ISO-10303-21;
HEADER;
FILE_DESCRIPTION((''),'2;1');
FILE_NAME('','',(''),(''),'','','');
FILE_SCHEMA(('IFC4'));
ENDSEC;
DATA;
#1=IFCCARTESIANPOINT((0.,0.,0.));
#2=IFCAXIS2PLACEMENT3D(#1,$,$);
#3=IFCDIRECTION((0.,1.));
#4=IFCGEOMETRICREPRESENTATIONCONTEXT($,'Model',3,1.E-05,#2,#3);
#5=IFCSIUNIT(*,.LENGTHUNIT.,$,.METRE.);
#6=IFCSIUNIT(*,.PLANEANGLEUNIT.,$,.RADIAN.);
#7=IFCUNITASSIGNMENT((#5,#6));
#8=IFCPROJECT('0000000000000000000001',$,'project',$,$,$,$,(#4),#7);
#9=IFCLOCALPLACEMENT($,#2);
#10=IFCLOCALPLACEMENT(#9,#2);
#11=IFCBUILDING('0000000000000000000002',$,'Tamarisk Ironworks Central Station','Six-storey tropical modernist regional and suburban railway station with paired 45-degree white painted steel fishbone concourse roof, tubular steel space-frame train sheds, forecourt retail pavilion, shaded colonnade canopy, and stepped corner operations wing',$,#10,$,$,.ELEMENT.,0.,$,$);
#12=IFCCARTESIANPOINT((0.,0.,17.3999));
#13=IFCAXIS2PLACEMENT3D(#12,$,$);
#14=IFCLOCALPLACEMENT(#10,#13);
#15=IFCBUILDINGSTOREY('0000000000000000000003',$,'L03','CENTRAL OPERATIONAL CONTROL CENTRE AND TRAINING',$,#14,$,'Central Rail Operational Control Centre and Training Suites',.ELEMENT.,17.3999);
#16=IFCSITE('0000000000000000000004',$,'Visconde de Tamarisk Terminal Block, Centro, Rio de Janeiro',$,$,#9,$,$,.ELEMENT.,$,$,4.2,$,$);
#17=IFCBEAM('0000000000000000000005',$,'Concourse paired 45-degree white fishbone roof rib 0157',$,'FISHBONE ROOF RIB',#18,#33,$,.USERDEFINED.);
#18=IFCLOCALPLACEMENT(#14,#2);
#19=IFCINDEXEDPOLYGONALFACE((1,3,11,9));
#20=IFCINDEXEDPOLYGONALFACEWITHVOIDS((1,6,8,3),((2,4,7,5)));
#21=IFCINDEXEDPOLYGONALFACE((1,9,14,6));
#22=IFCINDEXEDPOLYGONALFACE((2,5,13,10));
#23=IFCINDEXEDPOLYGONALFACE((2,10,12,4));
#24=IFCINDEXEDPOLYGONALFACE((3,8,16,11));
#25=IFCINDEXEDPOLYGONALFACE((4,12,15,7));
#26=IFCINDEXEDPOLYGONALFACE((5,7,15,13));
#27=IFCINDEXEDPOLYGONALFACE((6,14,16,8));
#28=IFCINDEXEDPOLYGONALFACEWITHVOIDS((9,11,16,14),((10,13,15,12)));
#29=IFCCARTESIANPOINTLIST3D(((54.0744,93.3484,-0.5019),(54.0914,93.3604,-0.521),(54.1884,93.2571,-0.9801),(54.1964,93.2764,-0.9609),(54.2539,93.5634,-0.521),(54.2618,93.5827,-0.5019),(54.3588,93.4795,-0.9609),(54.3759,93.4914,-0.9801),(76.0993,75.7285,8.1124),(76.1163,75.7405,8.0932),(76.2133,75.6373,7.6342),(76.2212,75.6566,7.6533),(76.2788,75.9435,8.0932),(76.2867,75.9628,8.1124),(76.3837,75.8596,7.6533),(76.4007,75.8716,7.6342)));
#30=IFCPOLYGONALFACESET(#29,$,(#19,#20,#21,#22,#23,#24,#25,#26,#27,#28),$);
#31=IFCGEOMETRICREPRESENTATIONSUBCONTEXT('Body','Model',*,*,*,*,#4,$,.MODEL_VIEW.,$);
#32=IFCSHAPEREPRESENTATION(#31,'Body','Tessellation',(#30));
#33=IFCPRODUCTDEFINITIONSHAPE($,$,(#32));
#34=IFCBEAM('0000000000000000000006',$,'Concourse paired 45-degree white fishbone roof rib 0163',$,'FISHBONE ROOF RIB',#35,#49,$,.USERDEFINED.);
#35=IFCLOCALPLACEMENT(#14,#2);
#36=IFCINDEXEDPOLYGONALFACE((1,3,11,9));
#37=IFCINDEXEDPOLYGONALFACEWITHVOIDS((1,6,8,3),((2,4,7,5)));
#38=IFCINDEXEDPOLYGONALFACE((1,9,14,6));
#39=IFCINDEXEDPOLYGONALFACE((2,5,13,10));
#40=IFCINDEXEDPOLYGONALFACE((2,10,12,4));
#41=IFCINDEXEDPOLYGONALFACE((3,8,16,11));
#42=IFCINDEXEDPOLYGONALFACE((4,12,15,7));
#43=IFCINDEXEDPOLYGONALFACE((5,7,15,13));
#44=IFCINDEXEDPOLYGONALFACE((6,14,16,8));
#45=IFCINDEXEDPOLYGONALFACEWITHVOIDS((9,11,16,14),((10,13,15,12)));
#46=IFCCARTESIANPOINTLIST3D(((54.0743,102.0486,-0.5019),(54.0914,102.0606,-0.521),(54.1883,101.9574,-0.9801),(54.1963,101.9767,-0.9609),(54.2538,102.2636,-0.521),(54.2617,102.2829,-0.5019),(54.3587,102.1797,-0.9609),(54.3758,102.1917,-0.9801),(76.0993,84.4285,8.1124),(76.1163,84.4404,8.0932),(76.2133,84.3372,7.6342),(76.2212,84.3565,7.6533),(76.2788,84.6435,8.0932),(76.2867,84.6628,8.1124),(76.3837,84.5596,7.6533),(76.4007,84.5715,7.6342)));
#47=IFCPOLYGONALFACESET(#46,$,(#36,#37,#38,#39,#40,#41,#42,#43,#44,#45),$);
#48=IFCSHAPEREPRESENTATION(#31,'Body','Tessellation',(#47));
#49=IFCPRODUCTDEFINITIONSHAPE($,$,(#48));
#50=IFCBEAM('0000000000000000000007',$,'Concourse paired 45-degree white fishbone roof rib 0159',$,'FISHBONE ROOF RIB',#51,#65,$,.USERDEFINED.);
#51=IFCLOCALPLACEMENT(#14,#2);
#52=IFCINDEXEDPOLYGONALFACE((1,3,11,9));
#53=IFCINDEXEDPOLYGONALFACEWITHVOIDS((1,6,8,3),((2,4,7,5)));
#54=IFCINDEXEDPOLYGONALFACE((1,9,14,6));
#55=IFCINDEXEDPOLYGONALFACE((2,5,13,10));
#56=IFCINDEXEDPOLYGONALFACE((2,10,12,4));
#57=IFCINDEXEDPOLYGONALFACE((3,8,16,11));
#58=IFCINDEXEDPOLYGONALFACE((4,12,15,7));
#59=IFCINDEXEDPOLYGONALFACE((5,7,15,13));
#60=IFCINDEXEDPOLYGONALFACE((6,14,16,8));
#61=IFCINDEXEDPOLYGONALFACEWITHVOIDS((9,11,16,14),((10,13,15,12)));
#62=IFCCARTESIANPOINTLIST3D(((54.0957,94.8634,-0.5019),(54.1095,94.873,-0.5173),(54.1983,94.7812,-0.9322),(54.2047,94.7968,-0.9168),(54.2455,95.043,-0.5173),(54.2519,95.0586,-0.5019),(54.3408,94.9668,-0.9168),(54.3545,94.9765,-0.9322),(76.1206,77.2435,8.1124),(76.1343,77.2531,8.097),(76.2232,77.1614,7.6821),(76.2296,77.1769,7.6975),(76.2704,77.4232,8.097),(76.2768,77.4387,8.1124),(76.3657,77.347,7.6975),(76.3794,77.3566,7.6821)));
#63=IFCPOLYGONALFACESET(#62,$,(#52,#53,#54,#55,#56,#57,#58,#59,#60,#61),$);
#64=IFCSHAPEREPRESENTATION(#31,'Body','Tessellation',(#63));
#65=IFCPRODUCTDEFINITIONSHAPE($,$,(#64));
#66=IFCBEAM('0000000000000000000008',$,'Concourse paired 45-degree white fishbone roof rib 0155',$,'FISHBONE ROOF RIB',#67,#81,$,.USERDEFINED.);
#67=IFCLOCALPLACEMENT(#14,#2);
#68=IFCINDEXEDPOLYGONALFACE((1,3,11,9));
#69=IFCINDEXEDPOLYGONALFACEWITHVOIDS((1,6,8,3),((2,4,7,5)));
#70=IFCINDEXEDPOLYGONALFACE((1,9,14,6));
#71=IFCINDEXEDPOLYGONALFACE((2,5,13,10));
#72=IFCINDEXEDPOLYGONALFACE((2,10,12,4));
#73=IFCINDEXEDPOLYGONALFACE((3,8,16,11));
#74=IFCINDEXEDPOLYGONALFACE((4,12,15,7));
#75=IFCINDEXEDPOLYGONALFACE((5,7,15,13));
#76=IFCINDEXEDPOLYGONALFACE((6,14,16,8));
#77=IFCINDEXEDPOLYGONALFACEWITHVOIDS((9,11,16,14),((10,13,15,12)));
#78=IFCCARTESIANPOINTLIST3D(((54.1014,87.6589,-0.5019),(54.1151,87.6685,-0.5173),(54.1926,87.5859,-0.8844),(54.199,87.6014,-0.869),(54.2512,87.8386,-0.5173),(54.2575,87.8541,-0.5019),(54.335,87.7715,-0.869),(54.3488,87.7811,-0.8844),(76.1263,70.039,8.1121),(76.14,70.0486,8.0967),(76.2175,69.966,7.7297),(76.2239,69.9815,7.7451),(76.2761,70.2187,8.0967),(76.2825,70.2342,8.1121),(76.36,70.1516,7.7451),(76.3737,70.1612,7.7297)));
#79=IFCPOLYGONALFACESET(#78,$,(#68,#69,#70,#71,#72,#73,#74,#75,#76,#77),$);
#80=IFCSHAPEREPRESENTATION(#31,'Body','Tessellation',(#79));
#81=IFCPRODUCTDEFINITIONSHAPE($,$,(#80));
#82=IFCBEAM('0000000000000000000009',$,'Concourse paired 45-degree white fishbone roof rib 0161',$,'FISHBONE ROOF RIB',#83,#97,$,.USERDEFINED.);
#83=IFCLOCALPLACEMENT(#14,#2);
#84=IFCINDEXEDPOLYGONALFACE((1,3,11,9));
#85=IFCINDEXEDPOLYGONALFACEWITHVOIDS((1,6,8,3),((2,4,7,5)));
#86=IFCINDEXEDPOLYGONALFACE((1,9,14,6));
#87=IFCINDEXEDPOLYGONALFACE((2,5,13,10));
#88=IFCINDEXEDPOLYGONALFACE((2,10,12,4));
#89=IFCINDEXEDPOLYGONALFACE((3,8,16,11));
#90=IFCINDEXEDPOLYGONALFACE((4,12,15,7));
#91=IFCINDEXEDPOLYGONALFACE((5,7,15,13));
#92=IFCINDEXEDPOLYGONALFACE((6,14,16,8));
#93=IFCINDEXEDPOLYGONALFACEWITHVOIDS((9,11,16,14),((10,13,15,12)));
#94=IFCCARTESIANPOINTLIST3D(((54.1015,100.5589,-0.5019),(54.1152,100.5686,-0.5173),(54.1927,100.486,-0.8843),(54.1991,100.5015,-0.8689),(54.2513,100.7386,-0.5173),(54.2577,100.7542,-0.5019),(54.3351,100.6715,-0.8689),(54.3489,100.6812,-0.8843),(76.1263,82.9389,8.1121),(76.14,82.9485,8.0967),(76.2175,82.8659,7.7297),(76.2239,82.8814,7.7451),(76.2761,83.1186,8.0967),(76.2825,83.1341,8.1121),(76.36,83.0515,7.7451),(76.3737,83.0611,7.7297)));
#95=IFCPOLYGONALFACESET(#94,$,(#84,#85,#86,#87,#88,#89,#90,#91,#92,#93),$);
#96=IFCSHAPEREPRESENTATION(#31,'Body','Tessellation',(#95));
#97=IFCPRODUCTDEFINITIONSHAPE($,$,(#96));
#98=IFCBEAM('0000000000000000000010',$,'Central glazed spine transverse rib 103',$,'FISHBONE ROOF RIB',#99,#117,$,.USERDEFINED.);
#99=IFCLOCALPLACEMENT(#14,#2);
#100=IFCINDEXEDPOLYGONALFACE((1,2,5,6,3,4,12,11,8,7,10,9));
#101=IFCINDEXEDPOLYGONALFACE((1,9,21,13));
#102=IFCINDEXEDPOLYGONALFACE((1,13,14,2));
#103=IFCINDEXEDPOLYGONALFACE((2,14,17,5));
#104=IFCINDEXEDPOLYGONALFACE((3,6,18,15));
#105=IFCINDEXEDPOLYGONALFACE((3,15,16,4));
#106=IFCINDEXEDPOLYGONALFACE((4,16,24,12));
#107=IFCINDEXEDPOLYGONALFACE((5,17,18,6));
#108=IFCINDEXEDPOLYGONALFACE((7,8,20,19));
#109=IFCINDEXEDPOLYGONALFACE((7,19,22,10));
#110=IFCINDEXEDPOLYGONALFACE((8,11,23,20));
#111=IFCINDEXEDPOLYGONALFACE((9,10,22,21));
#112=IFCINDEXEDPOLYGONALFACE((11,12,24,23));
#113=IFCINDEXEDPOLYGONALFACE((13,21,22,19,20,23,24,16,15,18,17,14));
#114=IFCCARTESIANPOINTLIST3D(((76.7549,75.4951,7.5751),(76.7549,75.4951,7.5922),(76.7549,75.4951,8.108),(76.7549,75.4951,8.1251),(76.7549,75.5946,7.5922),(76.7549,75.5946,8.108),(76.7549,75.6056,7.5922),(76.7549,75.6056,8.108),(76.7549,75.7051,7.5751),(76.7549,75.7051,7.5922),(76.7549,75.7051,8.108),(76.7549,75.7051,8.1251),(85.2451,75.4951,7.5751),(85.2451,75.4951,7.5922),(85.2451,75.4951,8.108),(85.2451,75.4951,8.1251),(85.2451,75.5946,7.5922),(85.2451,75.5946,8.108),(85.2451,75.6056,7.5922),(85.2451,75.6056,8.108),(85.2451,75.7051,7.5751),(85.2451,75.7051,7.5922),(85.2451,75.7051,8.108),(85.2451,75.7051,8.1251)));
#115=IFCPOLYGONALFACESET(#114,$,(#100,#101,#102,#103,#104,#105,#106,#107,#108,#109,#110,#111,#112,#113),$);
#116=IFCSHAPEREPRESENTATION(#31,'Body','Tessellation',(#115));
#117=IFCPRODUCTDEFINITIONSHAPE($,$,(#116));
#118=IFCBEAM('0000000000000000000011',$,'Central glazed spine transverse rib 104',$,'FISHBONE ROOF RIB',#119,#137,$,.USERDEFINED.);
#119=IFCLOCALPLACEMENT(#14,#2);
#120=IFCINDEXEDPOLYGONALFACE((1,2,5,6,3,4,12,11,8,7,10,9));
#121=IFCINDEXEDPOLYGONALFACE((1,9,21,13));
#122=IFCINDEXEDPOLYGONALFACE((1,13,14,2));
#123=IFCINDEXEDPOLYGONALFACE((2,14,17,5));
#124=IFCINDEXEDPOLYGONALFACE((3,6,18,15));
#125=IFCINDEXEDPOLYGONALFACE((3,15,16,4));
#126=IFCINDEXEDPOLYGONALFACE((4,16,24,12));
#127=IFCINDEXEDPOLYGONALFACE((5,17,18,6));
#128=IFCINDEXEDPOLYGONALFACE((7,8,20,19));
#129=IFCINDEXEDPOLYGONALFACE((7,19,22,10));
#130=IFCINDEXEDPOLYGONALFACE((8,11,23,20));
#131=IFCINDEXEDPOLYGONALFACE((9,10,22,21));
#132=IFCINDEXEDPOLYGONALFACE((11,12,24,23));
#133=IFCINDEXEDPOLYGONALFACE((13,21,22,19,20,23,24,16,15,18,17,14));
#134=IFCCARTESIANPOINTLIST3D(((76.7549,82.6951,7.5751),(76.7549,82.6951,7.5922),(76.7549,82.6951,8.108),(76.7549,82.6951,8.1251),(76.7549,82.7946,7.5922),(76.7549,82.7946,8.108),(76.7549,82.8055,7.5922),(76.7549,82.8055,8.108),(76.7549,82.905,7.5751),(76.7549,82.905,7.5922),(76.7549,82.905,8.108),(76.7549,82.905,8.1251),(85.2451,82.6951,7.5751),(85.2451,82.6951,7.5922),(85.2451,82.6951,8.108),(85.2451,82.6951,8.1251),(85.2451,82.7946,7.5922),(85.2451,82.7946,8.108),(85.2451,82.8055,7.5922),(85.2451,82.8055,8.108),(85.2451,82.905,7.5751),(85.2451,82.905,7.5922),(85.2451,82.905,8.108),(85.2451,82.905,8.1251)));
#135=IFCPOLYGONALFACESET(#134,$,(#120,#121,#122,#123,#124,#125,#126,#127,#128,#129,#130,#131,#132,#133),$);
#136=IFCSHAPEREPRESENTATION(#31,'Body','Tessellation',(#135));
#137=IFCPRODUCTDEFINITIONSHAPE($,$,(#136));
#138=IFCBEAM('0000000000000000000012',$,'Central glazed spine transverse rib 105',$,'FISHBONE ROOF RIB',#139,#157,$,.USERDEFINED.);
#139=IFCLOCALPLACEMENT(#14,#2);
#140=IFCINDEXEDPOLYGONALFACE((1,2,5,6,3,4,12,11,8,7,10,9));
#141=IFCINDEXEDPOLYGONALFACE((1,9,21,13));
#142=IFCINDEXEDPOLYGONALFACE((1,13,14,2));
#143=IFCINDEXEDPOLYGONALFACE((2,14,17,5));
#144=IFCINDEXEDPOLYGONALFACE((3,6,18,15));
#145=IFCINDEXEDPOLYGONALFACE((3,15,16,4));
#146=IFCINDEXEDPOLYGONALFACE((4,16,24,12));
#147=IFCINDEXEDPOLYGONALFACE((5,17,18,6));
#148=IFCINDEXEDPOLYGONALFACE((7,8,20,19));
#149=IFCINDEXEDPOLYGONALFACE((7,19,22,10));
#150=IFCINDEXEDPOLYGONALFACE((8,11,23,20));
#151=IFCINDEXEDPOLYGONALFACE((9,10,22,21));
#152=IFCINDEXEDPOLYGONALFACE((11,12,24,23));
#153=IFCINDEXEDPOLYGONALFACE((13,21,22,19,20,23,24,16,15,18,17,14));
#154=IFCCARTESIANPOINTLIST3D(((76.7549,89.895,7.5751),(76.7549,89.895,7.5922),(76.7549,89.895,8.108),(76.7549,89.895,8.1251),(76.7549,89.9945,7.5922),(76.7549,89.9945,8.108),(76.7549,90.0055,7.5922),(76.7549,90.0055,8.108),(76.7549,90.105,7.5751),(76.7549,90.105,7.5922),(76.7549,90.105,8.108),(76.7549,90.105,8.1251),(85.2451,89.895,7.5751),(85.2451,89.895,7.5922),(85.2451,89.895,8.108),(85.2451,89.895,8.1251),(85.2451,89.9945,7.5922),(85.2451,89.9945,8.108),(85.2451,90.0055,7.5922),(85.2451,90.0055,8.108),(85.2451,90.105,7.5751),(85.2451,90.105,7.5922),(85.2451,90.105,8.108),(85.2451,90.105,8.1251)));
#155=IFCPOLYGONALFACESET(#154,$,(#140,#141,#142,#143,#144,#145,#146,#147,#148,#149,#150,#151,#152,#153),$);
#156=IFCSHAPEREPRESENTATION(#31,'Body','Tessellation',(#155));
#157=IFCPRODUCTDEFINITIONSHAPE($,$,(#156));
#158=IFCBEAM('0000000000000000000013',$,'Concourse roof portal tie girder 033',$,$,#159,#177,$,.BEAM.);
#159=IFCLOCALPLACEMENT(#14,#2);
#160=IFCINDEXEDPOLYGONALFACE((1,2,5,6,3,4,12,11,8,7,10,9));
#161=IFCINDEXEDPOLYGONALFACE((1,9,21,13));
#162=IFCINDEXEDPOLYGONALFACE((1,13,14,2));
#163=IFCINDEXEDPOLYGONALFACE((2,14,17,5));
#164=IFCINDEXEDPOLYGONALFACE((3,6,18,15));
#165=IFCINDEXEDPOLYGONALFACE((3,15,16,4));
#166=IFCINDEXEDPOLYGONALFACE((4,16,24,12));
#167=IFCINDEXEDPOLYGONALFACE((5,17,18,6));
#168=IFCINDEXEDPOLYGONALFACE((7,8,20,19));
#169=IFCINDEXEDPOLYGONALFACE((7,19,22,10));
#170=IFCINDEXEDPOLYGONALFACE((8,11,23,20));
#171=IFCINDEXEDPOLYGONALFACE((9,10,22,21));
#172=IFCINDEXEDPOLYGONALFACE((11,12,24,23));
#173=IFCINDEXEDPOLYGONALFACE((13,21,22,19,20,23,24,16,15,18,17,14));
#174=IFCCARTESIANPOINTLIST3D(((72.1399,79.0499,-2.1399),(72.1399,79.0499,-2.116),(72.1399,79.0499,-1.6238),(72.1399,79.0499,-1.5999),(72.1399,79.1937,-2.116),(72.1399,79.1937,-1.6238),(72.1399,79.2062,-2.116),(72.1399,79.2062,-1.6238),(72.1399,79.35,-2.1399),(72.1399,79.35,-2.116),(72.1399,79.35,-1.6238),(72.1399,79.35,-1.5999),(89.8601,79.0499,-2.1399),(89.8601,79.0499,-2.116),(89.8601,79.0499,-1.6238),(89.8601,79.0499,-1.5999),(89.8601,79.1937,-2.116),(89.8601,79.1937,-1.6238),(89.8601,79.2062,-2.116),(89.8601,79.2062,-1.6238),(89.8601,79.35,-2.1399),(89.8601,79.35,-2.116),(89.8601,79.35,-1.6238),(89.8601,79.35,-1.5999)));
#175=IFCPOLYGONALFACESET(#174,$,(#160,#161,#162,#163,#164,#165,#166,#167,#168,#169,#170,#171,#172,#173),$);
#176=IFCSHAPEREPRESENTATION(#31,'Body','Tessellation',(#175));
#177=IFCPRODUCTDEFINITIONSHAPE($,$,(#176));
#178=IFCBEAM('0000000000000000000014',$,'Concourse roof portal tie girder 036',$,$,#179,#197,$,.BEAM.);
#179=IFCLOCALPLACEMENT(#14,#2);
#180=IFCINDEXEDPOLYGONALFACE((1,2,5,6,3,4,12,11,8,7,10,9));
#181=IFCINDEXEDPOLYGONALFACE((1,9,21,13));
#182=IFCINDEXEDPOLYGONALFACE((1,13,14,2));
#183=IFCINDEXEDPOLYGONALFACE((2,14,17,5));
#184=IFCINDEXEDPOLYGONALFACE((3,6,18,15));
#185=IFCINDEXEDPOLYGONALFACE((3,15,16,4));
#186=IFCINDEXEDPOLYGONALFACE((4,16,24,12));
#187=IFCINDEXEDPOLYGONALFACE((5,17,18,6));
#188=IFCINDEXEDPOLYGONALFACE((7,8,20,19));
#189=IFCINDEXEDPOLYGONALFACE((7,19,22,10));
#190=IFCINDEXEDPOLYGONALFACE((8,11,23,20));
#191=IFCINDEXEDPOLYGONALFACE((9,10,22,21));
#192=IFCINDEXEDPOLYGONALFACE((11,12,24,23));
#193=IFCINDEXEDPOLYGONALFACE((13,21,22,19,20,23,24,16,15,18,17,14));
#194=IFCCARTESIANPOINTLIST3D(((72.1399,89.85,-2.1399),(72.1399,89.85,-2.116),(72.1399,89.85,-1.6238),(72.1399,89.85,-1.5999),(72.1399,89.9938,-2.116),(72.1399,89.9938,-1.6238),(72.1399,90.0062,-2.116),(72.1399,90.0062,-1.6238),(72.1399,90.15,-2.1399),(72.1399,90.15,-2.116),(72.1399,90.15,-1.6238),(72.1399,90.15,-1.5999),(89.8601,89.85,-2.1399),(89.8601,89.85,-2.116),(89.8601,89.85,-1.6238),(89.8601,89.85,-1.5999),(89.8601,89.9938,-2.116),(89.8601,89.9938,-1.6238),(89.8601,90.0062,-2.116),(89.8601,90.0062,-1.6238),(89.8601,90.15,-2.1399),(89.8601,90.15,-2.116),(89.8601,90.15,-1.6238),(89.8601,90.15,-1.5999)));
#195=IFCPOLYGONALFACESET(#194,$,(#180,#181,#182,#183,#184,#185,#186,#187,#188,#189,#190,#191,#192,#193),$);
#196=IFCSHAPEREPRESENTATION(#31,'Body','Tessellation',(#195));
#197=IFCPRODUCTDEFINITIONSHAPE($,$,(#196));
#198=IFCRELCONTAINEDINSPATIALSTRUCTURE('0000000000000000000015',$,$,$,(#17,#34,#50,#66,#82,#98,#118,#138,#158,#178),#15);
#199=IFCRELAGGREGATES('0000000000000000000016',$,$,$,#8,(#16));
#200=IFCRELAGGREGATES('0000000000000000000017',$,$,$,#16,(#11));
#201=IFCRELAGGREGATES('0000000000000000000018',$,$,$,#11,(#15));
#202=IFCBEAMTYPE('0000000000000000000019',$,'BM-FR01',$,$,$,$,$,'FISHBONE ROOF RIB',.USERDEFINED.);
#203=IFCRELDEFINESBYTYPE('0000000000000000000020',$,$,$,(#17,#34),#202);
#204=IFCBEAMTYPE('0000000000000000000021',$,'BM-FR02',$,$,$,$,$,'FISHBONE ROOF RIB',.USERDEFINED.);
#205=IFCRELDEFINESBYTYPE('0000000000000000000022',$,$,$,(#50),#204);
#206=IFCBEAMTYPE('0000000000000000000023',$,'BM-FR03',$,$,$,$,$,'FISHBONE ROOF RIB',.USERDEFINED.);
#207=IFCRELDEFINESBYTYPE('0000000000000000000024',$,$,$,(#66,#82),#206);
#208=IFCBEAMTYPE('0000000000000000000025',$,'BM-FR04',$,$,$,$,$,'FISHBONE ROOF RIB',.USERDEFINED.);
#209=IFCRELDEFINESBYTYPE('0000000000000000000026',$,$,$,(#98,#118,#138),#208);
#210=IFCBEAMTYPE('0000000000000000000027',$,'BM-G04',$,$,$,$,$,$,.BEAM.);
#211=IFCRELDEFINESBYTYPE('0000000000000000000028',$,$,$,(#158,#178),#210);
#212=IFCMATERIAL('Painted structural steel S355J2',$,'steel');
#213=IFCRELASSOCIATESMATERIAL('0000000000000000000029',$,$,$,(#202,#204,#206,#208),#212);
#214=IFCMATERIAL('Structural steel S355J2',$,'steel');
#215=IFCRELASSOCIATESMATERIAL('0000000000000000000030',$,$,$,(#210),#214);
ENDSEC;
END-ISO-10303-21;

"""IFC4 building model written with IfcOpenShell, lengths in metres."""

from ifc_helpers import new_model, si_unit, direction, frame, origin, origin_2d, place, context, subcontext, project, spatial, hollow_rectangle, i_section, extrude, material, material_profile, profile_set, type_object, element, save


model = new_model("IFC4")

# Units and contexts
model_context = context("Model", 3, precision=1e-05, world=origin(), true_north=direction((0.0, 1.0)))
body_context = subcontext(model_context, "Body", "Model", "MODEL_VIEW")
ifc_project = project(units=[si_unit("LENGTHUNIT", "METRE"), si_unit("PLANEANGLEUNIT", "RADIAN")], contexts=[model_context])

# Site, building, storey
site_placement = place(None, origin())
site = spatial("IfcSite", under=ifc_project, at=site_placement, Name="Visconde de Tamarisk Terminal Block, Centro, Rio de Janeiro", CompositionType="ELEMENT", RefElevation=4.2)
building_placement = place(site_placement, origin())
building = spatial("IfcBuilding", under=site, at=building_placement, Name="Tamarisk Ironworks Central Station", Description="Six-storey tropical modernist regional and suburban railway station with paired 45-degree white painted steel fishbone concourse roof, tubular steel space-frame train sheds, forecourt retail pavilion, shaded colonnade canopy, and stepped corner operations wing", CompositionType="ELEMENT", ElevationOfRefHeight=0.0)
storey_placement = place(building_placement, frame((0.0, 0.0, 17.3999)))
storey = spatial("IfcBuildingStorey", under=building, at=storey_placement, Name="L03", Description="CENTRAL OPERATIONAL CONTROL CENTRE AND TRAINING", LongName="Central Rail Operational Control Centre and Training Suites", CompositionType="ELEMENT", Elevation=17.3999)

# Beams
ifc_material_1 = material(Name="Painted structural steel S355J2", Category="steel")
ifc_material_profile_1 = material_profile(ifc_material_1, hollow_rectangle(XDim=0.3, YDim=0.5, WallThickness=0.02, at=origin_2d()), Name="RHS 500x300x20")
ifc_profile_set_1 = profile_set([ifc_material_profile_1], Name="Painted structural steel S355J2")
beam_type_1 = type_object("IfcBeamType", Name="BM-FR01", ElementType="FISHBONE ROOF RIB", PredefinedType="USERDEFINED", material=ifc_profile_set_1)
beam_1_placement = place(storey_placement, frame((76.25, 75.8, 7.8733), z_axis=(-0.746816, 0.597451, -0.292091), x_axis=(-0.624694, -0.78087, 0.0)))
element("IfcBeam", 1, at=beam_1_placement, inside=storey, type_object=beam_type_1, Name="Concourse paired 45-degree white fishbone roof rib 0157", ObjectType="FISHBONE ROOF RIB", PredefinedType="USERDEFINED", context=body_context, shape_type="SweptSolid", body=[
    extrude(hollow_rectangle(XDim=0.3, YDim=0.5, WallThickness=0.02, at=origin_2d()), origin(), (0.0, 0.0, 1.0), 29.4917),
])
beam_2_placement = place(storey_placement, frame((76.25, 84.5, 7.8733), z_axis=(-0.746813, 0.597457, -0.292089), x_axis=(-0.624699, -0.780865, 0.0)))
element("IfcBeam", 2, at=beam_2_placement, inside=storey, type_object=beam_type_1, Name="Concourse paired 45-degree white fishbone roof rib 0163", ObjectType="FISHBONE ROOF RIB", PredefinedType="USERDEFINED", context=body_context, shape_type="SweptSolid", body=[
    extrude(hollow_rectangle(XDim=0.3, YDim=0.5, WallThickness=0.02, at=origin_2d()), origin(), (0.0, 0.0, 1.0), 29.4919),
])
ifc_material_profile_2 = material_profile(ifc_material_1, hollow_rectangle(XDim=0.25, YDim=0.45, WallThickness=0.0161, at=origin_2d()), Name="RHS 450x250x16")
ifc_profile_set_2 = profile_set([ifc_material_profile_2], Name="Painted structural steel S355J2")
beam_type_2 = type_object("IfcBeamType", Name="BM-FR02", ElementType="FISHBONE ROOF RIB", PredefinedType="USERDEFINED", material=ifc_profile_set_2)
beam_3_placement = place(storey_placement, frame((76.25, 77.3, 7.8972), z_axis=(-0.746816, 0.597451, -0.292091), x_axis=(-0.624694, -0.78087, 0.0)))
element("IfcBeam", 3, at=beam_3_placement, inside=storey, type_object=beam_type_2, Name="Concourse paired 45-degree white fishbone roof rib 0159", ObjectType="FISHBONE ROOF RIB", PredefinedType="USERDEFINED", context=body_context, shape_type="SweptSolid", body=[
    extrude(hollow_rectangle(XDim=0.25, YDim=0.45, WallThickness=0.0161, at=origin_2d()), origin(), (0.0, 0.0, 1.0), 29.4917),
])
ifc_material_profile_3 = material_profile(ifc_material_1, hollow_rectangle(XDim=0.25, YDim=0.3999, WallThickness=0.0161, at=origin_2d()), Name="RHS 400x250x16")
ifc_profile_set_3 = profile_set([ifc_material_profile_3], Name="Painted structural steel S355J2")
beam_type_3 = type_object("IfcBeamType", Name="BM-FR03", ElementType="FISHBONE ROOF RIB", PredefinedType="USERDEFINED", material=ifc_profile_set_3)
for number, where, z_axis, x_axis, name in (
    (4, (76.25, 70.1001, 7.9209), (-0.746818, 0.597453, -0.292083), (-0.624694, -0.78087, 0.0), "Concourse paired 45-degree white fishbone roof rib 0155"),
    (5, (76.25, 83.0, 7.9209), (-0.746815, 0.597458, -0.292082), (-0.624699, -0.780865, 0.0), "Concourse paired 45-degree white fishbone roof rib 0161"),
):
    element("IfcBeam", number, at=place(storey_placement, frame(where, z_axis=z_axis, x_axis=x_axis)), inside=storey, type_object=beam_type_3, Name=name, ObjectType="FISHBONE ROOF RIB", PredefinedType="USERDEFINED", context=body_context, shape_type="SweptSolid", body=[
        extrude(hollow_rectangle(XDim=0.25, YDim=0.3999, WallThickness=0.0161, at=origin_2d()), origin(), (0.0, 0.0, 1.0), 29.4917),
    ])
ifc_material_profile_4 = material_profile(ifc_material_1, i_section(OverallWidth=0.21, OverallDepth=0.55, WebThickness=0.011, FlangeThickness=0.0171, at=origin_2d()), Name="IPE 550")
ifc_profile_set_4 = profile_set([ifc_material_profile_4], Name="Painted structural steel S355J2")
beam_type_4 = type_object("IfcBeamType", Name="BM-FR04", ElementType="FISHBONE ROOF RIB", PredefinedType="USERDEFINED", material=ifc_profile_set_4)
for number, where, z_axis, x_axis, name in (
    (6, (76.7549, 75.6001, 7.8501), (1.0, 0.0, 0.0), (0.0, 1.0, 0.0), "Central glazed spine transverse rib 103"),
    (7, (76.7549, 82.8, 7.8501), (1.0, 0.0, 0.0), (0.0, 1.0, 0.0), "Central glazed spine transverse rib 104"),
    (8, (76.7549, 90.0, 7.8501), (1.0, 0.0, 0.0), (0.0, 1.0, 0.0), "Central glazed spine transverse rib 105"),
):
    element("IfcBeam", number, at=place(storey_placement, frame(where, z_axis=z_axis, x_axis=x_axis)), inside=storey, type_object=beam_type_4, Name=name, ObjectType="FISHBONE ROOF RIB", PredefinedType="USERDEFINED", context=body_context, shape_type="SweptSolid", body=[
        extrude(i_section(OverallWidth=0.21, OverallDepth=0.55, WebThickness=0.011, FlangeThickness=0.0171, at=origin_2d()), origin(), (0.0, 0.0, 1.0), 8.4902),
    ])
ifc_material_2 = material(Name="Structural steel S355J2", Category="steel")
ifc_material_profile_5 = material_profile(ifc_material_2, i_section(OverallWidth=0.3, OverallDepth=0.54, WebThickness=0.0125, FlangeThickness=0.0239, at=origin_2d()), Name="HEA 550")
ifc_profile_set_5 = profile_set([ifc_material_profile_5], Name="Structural steel S355J2")
beam_type_5 = type_object("IfcBeamType", Name="BM-G04", PredefinedType="BEAM", material=ifc_profile_set_5)
for number, where, z_axis, x_axis, name in (
    (9, (72.1399, 79.2, -1.8699), (1.0, 0.0, 0.0), (0.0, 1.0, 0.0), "Concourse roof portal tie girder 033"),
    (10, (72.1399, 90.0, -1.8699), (1.0, 0.0, 0.0), (0.0, 1.0, 0.0), "Concourse roof portal tie girder 036"),
):
    element("IfcBeam", number, at=place(storey_placement, frame(where, z_axis=z_axis, x_axis=x_axis)), inside=storey, type_object=beam_type_5, Name=name, PredefinedType="BEAM", context=body_context, shape_type="SweptSolid", body=[
        extrude(i_section(OverallWidth=0.3, OverallDepth=0.54, WebThickness=0.0125, FlangeThickness=0.0239, at=origin_2d()), origin(), (0.0, 0.0, 1.0), 17.7202),
    ])

save(model, "model.ifc")
